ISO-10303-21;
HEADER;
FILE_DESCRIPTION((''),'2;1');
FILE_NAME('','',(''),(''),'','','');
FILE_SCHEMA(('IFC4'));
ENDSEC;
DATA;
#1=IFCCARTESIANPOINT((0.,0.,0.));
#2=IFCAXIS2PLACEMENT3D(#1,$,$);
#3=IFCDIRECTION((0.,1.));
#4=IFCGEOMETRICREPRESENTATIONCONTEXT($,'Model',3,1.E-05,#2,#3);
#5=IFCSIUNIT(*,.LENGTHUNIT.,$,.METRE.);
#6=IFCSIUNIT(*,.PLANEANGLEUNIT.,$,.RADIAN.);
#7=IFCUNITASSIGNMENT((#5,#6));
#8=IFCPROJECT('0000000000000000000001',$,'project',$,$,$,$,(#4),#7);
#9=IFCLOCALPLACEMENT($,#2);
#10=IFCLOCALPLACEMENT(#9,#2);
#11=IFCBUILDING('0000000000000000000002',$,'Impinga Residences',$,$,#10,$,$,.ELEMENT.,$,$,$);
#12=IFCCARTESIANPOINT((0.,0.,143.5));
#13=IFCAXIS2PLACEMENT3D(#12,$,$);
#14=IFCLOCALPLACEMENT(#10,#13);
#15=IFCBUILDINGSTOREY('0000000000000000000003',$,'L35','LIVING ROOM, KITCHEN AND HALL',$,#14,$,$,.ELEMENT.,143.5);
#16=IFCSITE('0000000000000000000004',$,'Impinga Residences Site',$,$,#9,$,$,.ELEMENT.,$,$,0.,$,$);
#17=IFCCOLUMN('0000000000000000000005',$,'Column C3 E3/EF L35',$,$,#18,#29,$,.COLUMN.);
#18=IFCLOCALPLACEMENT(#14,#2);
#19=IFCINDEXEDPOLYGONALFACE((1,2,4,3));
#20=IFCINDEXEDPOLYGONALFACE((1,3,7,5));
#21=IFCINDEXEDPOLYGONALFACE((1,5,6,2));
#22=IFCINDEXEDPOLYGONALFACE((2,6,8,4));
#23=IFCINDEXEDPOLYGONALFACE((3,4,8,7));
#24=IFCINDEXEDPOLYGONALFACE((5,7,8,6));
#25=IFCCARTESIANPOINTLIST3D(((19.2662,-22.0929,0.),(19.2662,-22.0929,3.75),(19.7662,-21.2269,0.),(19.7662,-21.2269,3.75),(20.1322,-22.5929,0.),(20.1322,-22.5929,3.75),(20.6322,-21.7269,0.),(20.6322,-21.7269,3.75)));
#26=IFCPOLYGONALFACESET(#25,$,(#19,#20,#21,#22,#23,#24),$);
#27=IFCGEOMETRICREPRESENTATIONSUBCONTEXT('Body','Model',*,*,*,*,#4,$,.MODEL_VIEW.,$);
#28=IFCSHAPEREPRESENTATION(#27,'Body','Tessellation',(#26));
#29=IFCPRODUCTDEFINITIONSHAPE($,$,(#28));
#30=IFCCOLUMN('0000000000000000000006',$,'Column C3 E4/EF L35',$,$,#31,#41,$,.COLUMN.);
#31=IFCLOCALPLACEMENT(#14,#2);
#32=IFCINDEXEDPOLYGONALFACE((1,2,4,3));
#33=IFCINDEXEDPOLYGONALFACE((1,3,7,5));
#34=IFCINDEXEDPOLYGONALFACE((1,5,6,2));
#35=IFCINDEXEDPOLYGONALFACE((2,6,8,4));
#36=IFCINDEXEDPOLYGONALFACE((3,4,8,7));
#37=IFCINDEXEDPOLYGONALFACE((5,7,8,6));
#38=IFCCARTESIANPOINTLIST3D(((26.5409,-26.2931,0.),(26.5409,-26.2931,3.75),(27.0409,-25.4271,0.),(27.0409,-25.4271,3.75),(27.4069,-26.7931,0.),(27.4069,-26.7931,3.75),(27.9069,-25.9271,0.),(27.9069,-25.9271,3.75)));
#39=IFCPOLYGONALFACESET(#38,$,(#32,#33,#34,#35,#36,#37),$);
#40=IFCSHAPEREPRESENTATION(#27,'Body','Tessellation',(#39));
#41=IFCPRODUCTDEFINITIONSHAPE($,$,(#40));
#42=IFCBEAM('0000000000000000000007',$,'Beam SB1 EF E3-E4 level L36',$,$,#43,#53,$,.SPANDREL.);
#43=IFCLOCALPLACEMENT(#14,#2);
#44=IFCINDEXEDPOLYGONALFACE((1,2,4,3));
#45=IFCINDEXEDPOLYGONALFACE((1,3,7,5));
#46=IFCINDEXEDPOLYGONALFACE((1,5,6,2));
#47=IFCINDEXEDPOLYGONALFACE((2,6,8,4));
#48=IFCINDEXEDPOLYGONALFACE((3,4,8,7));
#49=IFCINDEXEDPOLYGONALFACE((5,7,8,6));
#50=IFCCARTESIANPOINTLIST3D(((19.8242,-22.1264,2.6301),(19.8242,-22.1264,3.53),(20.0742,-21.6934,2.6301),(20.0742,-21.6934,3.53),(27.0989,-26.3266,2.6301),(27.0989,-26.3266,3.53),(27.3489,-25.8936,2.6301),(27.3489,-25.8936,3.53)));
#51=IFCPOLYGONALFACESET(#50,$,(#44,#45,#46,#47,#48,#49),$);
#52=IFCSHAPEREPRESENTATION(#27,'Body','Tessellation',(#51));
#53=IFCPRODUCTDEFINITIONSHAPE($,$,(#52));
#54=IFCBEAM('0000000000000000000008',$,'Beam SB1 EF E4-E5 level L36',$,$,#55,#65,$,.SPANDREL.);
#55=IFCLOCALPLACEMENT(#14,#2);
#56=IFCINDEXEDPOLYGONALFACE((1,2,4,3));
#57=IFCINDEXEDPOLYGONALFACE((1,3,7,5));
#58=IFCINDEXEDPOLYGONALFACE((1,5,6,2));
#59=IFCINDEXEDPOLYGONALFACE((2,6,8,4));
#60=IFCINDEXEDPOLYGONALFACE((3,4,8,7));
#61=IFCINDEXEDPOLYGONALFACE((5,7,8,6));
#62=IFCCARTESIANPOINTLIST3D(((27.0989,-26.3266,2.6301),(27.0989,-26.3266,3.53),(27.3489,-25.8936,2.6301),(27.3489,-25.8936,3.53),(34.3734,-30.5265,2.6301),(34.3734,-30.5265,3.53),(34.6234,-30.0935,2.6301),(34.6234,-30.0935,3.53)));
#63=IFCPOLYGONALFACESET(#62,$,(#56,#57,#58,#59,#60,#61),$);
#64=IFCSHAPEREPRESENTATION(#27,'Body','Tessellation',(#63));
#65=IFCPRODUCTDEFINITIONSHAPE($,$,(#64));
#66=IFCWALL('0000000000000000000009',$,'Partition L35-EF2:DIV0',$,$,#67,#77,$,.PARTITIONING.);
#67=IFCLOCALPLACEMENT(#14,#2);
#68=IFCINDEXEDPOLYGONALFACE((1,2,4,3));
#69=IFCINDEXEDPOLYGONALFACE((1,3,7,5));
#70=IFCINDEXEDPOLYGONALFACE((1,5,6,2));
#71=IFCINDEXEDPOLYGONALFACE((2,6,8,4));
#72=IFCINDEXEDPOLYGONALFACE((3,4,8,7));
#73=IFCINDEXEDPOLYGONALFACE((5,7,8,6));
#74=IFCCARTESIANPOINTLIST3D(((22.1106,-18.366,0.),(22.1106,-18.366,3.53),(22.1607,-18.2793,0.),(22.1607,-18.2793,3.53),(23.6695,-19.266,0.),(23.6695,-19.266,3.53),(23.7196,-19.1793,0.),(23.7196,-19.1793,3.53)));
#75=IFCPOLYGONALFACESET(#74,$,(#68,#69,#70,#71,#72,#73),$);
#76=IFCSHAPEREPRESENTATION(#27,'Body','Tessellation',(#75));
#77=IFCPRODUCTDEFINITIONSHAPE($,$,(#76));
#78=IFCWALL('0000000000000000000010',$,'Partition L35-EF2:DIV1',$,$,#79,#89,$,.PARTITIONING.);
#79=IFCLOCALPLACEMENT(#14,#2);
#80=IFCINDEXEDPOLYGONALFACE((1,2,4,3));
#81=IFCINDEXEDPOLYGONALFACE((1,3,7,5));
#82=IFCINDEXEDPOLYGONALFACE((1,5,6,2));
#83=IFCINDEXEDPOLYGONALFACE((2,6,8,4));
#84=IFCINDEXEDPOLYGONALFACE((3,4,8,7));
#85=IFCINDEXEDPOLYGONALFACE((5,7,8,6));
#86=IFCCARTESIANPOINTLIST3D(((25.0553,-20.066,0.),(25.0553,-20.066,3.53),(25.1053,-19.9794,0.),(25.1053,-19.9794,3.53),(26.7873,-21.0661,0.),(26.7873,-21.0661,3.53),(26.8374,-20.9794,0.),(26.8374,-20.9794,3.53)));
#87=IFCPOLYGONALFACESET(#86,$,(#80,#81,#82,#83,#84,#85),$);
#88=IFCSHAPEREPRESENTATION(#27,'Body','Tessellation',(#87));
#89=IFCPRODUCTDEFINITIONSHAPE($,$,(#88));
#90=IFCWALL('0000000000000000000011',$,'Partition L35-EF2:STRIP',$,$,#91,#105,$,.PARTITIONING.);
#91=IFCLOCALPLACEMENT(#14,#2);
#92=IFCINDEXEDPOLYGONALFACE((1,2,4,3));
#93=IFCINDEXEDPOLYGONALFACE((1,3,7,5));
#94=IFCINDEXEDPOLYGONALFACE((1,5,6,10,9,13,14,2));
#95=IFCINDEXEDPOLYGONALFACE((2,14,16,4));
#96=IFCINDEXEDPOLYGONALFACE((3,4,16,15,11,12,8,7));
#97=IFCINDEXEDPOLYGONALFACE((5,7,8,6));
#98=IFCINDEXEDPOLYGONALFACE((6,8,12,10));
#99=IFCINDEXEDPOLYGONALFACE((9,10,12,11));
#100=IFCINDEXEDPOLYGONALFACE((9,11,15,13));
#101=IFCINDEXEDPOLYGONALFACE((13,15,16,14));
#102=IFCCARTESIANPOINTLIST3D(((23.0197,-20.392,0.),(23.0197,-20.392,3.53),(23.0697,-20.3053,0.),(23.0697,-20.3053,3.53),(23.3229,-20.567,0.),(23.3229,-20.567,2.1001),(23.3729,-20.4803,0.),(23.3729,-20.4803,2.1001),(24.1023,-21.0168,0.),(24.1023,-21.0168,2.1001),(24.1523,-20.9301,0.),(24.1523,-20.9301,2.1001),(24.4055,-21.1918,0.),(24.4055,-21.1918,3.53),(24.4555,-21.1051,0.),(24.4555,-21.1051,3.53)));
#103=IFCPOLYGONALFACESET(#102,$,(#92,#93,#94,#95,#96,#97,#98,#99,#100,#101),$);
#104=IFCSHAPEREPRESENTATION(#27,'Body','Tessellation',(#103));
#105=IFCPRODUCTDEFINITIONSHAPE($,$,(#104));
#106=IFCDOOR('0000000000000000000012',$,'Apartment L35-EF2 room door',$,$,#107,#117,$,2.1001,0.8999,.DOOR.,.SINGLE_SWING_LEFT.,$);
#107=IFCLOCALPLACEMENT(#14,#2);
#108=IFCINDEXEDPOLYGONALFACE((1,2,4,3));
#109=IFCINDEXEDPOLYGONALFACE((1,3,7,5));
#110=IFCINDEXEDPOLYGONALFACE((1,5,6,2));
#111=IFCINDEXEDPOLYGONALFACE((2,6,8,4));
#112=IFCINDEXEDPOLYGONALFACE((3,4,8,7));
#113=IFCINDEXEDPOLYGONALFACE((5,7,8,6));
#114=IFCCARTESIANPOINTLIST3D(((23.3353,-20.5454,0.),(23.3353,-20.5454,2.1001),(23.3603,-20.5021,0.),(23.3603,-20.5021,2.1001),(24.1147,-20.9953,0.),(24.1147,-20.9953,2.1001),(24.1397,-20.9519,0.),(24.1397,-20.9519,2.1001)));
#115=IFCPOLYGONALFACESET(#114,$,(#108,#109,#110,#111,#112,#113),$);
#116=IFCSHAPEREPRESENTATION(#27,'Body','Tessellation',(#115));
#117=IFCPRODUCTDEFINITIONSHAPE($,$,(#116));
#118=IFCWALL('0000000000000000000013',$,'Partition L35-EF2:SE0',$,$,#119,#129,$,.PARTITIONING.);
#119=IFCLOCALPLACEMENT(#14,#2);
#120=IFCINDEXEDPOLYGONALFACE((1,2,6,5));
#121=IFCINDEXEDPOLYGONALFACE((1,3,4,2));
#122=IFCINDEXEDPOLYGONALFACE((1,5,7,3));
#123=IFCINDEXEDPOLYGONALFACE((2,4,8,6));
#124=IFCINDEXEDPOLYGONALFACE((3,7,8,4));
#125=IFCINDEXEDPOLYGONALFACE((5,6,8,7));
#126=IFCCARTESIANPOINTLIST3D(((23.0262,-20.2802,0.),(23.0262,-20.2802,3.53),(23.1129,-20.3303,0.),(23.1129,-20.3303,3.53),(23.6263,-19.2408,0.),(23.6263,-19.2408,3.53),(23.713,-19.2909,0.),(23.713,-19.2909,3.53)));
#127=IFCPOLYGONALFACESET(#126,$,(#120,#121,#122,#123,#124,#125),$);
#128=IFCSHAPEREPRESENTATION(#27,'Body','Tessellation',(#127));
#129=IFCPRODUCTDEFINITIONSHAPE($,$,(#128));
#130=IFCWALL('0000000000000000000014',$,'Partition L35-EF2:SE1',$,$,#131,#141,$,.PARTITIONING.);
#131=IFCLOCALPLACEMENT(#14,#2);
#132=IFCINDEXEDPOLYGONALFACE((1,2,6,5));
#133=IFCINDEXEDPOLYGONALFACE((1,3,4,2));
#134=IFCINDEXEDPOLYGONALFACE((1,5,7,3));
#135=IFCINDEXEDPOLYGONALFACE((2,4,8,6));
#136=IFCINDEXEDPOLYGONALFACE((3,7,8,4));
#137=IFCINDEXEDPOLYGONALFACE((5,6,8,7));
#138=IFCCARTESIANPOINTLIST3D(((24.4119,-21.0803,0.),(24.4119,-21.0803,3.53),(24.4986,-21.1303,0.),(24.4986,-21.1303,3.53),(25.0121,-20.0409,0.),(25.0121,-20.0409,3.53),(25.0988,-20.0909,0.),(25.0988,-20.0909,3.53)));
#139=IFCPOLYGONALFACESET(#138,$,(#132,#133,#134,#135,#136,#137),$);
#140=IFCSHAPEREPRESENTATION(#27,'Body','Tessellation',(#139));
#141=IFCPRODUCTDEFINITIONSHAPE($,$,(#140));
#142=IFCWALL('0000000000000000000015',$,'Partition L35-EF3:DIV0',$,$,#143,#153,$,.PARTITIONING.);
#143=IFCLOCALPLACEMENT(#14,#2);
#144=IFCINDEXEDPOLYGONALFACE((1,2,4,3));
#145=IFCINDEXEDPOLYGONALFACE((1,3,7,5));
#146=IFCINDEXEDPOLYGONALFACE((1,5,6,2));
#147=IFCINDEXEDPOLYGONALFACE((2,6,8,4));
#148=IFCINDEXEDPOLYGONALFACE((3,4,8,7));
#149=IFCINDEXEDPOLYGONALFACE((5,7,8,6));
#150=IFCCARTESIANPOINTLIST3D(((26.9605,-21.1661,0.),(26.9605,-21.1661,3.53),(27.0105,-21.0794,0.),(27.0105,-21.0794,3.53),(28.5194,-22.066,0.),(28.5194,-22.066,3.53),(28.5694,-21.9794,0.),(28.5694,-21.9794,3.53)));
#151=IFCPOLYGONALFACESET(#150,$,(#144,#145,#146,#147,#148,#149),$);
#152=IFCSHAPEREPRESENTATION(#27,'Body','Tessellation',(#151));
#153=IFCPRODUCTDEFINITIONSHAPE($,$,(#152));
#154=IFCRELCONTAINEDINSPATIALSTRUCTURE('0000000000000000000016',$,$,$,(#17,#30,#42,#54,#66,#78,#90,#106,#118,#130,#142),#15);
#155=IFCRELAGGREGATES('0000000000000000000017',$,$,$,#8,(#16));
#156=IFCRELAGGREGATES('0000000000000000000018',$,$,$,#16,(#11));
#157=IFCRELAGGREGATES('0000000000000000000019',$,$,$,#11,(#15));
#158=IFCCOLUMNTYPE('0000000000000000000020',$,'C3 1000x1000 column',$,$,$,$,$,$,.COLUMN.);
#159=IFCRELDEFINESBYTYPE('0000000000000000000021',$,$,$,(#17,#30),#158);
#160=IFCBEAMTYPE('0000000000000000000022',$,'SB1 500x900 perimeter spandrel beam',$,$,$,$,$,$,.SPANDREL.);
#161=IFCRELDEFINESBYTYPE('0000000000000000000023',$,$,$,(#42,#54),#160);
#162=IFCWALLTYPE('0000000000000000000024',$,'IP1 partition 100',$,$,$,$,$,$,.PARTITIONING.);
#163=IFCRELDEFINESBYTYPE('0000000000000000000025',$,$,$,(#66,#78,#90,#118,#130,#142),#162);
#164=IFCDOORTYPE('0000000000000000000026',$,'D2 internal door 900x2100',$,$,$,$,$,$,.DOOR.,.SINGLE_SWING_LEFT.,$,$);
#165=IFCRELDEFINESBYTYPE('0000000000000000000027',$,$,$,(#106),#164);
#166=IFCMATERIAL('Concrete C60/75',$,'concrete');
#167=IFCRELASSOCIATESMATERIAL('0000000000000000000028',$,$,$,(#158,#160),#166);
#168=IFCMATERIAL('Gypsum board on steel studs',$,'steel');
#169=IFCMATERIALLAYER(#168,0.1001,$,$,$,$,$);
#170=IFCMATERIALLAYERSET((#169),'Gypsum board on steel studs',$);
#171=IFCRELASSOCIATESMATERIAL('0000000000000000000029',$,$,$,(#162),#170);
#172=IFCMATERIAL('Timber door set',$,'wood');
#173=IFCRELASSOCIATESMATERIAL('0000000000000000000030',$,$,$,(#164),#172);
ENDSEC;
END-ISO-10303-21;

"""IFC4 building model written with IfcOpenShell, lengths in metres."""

from ifc_helpers import new_model, si_unit, direction, frame, frame_2d, origin, origin_2d, place, context, subcontext, project, spatial, rectangle, extrude, material, layer, layer_set, material_profile, profile_set, type_object, element, fill, save


model = new_model("IFC4")

# Units and contexts
model_context = context("Model", 3, precision=1e-05, world=origin(), true_north=direction((0.0, 1.0)))
body_context = subcontext(model_context, "Body", "Model", "MODEL_VIEW")
ifc_project = project(units=[si_unit("LENGTHUNIT", "METRE"), si_unit("PLANEANGLEUNIT", "RADIAN")], contexts=[model_context])

# Site, building, storey
site_placement = place(None, origin())
site = spatial("IfcSite", under=ifc_project, at=site_placement, Name="Impinga Residences Site", CompositionType="ELEMENT", RefElevation=0.0)
building_placement = place(site_placement, origin())
building = spatial("IfcBuilding", under=site, at=building_placement, Name="Impinga Residences", CompositionType="ELEMENT")
storey_placement = place(building_placement, frame((0.0, 0.0, 143.5)))
storey = spatial("IfcBuildingStorey", under=building, at=storey_placement, Name="L35", Description="LIVING ROOM, KITCHEN AND HALL", CompositionType="ELEMENT", Elevation=143.5)

# Columns
ifc_material_1 = material(Name="Concrete C60/75", Category="concrete")
ifc_material_profile_1 = material_profile(ifc_material_1, rectangle(XDim=1.0, YDim=1.0, at=origin_2d()), Name="RC 1000x1000")
ifc_profile_set_1 = profile_set([ifc_material_profile_1], Name="Concrete C60/75")
column_type = type_object("IfcColumnType", Name="C3 1000x1000 column", PredefinedType="COLUMN", material=ifc_profile_set_1)
for number, where, z_axis, x_axis, name in (
    (1, (19.9492, -21.9099, 0.0), (0.0, 0.0, 1.0), (-0.5, -0.866025, 0.0), "Column C3 E3/EF L35"),
    (2, (27.2239, -26.1101, 0.0), (0.0, 0.0, 1.0), (-0.5, -0.866025, 0.0), "Column C3 E4/EF L35"),
):
    element("IfcColumn", number, at=place(storey_placement, frame(where, z_axis=z_axis, x_axis=x_axis)), inside=storey, type_object=column_type, Name=name, PredefinedType="COLUMN", context=body_context, shape_type="SweptSolid", body=[
        extrude(rectangle(XDim=1.0, YDim=1.0, at=origin_2d()), origin(), (0.0, 0.0, 1.0), 3.75),
    ])

# Beams
ifc_material_profile_2 = material_profile(ifc_material_1, rectangle(XDim=0.5, YDim=0.8999, at=origin_2d()), Name="RC 500x900")
ifc_profile_set_2 = profile_set([ifc_material_profile_2], Name="Concrete C60/75")
beam_type = type_object("IfcBeamType", Name="SB1 500x900 perimeter spandrel beam", PredefinedType="SPANDREL", material=ifc_profile_set_2)
beam_1_placement = place(storey_placement, frame((19.9492, -21.9099, 3.0801), z_axis=(0.866017, -0.500015, 0.0), x_axis=(0.500015, 0.866017, 0.0)))
element("IfcBeam", 3, at=beam_1_placement, inside=storey, type_object=beam_type, Name="Beam SB1 EF E3-E4 level L36", PredefinedType="SPANDREL", context=body_context, shape_type="SweptSolid", body=[
    extrude(rectangle(XDim=0.5, YDim=0.8999, at=origin_2d()), origin(), (0.0, 0.0, 1.0), 8.4001),
])
beam_2_placement = place(storey_placement, frame((27.2239, -26.1101, 3.0801), z_axis=(0.866029, -0.499993, 0.0), x_axis=(0.499993, 0.866029, 0.0)))
element("IfcBeam", 4, at=beam_2_placement, inside=storey, type_object=beam_type, Name="Beam SB1 EF E4-E5 level L36", PredefinedType="SPANDREL", context=body_context, shape_type="SweptSolid", body=[
    extrude(rectangle(XDim=0.5, YDim=0.8999, at=origin_2d()), origin(), (0.0, 0.0, 1.0), 8.3999),
])

# Walls
ifc_material_2 = material(Name="Gypsum board on steel studs", Category="steel")
ifc_layer = layer(ifc_material_2, 0.1001)
ifc_layer_set = layer_set([ifc_layer], Name="Gypsum board on steel studs")
wall_type = type_object("IfcWallType", Name="IP1 partition 100", PredefinedType="PARTITIONING", material=ifc_layer_set)
wall_1_placement = place(storey_placement, frame((22.1357, -18.3228, 0.0), z_axis=(0.0, 0.0, 1.0), x_axis=(0.866048, -0.499961, 0.0)))
element("IfcWall", 5, at=wall_1_placement, inside=storey, type_object=wall_type, Name="Partition L35-EF2:DIV0", PredefinedType="PARTITIONING", context=body_context, shape_type="SweptSolid", body=[
    extrude(rectangle(XDim=1.8, YDim=0.1001, at=frame_2d((0.8999, 0.0))), origin(), (0.0, 0.0, 1.0), 3.53),
])
wall_2_placement = place(storey_placement, frame((25.0803, -20.0227, 0.0), z_axis=(0.0, 0.0, 1.0), x_axis=(0.866011, -0.500025, 0.0)))
element("IfcWall", 6, at=wall_2_placement, inside=storey, type_object=wall_type, Name="Partition L35-EF2:DIV1", PredefinedType="PARTITIONING", context=body_context, shape_type="SweptSolid", body=[
    extrude(rectangle(XDim=2.0, YDim=0.1001, at=frame_2d((1.0, 0.0))), origin(), (0.0, 0.0, 1.0), 3.53),
])

# Wall, opening, door
wall_3_placement = place(storey_placement, frame((23.0447, -20.3486, 0.0), z_axis=(0.0, 0.0, 1.0), x_axis=(0.866094, -0.499881, 0.0)))
wall_3 = element("IfcWall", 7, at=wall_3_placement, inside=storey, type_object=wall_type, Name="Partition L35-EF2:STRIP", PredefinedType="PARTITIONING", context=body_context, shape_type="SweptSolid", body=[
    extrude(rectangle(XDim=1.6001, YDim=0.1001, at=frame_2d((0.8, 0.0))), origin(), (0.0, 0.0, 1.0), 3.53),
])
opening_1_placement = place(wall_3_placement, frame((0.3501, 0.0, 0.0)))
opening_1 = element("IfcOpeningElement", 8, at=opening_1_placement, cuts=wall_3, PredefinedType="OPENING", context=body_context, shape_type="SweptSolid", body=[
    extrude(rectangle(XDim=0.8999, YDim=2.1001, at=frame_2d((0.45, 1.05))), frame((0.0, 0.0601, 0.0), z_axis=(0.0, -1.0, 0.0), x_axis=(1.0, 0.0, 0.0)), (0.0, 0.0, 1.0), 0.1201),
])
ifc_material_3 = material(Name="Timber door set", Category="wood")
door_type = type_object("IfcDoorType", Name="D2 internal door 900x2100", OperationType="SINGLE_SWING_LEFT", PredefinedType="DOOR", material=ifc_material_3)
door_1_placement = place(opening_1_placement, origin())
door_1 = element("IfcDoor", 9, at=door_1_placement, inside=storey, type_object=door_type, Name="Apartment L35-EF2 room door", OperationType="SINGLE_SWING_LEFT", OverallHeight=2.1001, OverallWidth=0.8999, PredefinedType="DOOR", context=body_context, shape_type="SweptSolid", body=[
    extrude(rectangle(XDim=0.8999, YDim=2.1001, at=frame_2d((0.45, 1.05))), frame((0.0, 0.0249, 0.0), z_axis=(0.0, -1.0, 0.0), x_axis=(1.0, 0.0, 0.0)), (0.0, 0.0, 1.0), 0.05),
])
fill(opening_1, door_1)

# Walls
for number, where, z_axis, x_axis, name in (
    (10, (23.6697, -19.2659, 0.0), (0.0, 0.0, 1.0), (-0.500034, -0.866006, 0.0), "Partition L35-EF2:SE0"),
    (11, (25.0554, -20.0659, 0.0), (0.0, 0.0, 1.0), (-0.500034, -0.866006, 0.0), "Partition L35-EF2:SE1"),
):
    element("IfcWall", number, at=place(storey_placement, frame(where, z_axis=z_axis, x_axis=x_axis)), inside=storey, type_object=wall_type, Name=name, PredefinedType="PARTITIONING", context=body_context, shape_type="SweptSolid", body=[
        extrude(rectangle(XDim=1.2002, YDim=0.1001, at=frame_2d((0.6001, 0.0))), origin(), (0.0, 0.0, 1.0), 3.53),
    ])
wall_4_placement = place(storey_placement, frame((26.9856, -21.1228, 0.0), z_axis=(0.0, 0.0, 1.0), x_axis=(0.866048, -0.499961, 0.0)))
element("IfcWall", 12, at=wall_4_placement, inside=storey, type_object=wall_type, Name="Partition L35-EF3:DIV0", PredefinedType="PARTITIONING", context=body_context, shape_type="SweptSolid", body=[
    extrude(rectangle(XDim=1.8, YDim=0.1001, at=frame_2d((0.8999, 0.0))), origin(), (0.0, 0.0, 1.0), 3.53),
])

save(model, "model.ifc")
